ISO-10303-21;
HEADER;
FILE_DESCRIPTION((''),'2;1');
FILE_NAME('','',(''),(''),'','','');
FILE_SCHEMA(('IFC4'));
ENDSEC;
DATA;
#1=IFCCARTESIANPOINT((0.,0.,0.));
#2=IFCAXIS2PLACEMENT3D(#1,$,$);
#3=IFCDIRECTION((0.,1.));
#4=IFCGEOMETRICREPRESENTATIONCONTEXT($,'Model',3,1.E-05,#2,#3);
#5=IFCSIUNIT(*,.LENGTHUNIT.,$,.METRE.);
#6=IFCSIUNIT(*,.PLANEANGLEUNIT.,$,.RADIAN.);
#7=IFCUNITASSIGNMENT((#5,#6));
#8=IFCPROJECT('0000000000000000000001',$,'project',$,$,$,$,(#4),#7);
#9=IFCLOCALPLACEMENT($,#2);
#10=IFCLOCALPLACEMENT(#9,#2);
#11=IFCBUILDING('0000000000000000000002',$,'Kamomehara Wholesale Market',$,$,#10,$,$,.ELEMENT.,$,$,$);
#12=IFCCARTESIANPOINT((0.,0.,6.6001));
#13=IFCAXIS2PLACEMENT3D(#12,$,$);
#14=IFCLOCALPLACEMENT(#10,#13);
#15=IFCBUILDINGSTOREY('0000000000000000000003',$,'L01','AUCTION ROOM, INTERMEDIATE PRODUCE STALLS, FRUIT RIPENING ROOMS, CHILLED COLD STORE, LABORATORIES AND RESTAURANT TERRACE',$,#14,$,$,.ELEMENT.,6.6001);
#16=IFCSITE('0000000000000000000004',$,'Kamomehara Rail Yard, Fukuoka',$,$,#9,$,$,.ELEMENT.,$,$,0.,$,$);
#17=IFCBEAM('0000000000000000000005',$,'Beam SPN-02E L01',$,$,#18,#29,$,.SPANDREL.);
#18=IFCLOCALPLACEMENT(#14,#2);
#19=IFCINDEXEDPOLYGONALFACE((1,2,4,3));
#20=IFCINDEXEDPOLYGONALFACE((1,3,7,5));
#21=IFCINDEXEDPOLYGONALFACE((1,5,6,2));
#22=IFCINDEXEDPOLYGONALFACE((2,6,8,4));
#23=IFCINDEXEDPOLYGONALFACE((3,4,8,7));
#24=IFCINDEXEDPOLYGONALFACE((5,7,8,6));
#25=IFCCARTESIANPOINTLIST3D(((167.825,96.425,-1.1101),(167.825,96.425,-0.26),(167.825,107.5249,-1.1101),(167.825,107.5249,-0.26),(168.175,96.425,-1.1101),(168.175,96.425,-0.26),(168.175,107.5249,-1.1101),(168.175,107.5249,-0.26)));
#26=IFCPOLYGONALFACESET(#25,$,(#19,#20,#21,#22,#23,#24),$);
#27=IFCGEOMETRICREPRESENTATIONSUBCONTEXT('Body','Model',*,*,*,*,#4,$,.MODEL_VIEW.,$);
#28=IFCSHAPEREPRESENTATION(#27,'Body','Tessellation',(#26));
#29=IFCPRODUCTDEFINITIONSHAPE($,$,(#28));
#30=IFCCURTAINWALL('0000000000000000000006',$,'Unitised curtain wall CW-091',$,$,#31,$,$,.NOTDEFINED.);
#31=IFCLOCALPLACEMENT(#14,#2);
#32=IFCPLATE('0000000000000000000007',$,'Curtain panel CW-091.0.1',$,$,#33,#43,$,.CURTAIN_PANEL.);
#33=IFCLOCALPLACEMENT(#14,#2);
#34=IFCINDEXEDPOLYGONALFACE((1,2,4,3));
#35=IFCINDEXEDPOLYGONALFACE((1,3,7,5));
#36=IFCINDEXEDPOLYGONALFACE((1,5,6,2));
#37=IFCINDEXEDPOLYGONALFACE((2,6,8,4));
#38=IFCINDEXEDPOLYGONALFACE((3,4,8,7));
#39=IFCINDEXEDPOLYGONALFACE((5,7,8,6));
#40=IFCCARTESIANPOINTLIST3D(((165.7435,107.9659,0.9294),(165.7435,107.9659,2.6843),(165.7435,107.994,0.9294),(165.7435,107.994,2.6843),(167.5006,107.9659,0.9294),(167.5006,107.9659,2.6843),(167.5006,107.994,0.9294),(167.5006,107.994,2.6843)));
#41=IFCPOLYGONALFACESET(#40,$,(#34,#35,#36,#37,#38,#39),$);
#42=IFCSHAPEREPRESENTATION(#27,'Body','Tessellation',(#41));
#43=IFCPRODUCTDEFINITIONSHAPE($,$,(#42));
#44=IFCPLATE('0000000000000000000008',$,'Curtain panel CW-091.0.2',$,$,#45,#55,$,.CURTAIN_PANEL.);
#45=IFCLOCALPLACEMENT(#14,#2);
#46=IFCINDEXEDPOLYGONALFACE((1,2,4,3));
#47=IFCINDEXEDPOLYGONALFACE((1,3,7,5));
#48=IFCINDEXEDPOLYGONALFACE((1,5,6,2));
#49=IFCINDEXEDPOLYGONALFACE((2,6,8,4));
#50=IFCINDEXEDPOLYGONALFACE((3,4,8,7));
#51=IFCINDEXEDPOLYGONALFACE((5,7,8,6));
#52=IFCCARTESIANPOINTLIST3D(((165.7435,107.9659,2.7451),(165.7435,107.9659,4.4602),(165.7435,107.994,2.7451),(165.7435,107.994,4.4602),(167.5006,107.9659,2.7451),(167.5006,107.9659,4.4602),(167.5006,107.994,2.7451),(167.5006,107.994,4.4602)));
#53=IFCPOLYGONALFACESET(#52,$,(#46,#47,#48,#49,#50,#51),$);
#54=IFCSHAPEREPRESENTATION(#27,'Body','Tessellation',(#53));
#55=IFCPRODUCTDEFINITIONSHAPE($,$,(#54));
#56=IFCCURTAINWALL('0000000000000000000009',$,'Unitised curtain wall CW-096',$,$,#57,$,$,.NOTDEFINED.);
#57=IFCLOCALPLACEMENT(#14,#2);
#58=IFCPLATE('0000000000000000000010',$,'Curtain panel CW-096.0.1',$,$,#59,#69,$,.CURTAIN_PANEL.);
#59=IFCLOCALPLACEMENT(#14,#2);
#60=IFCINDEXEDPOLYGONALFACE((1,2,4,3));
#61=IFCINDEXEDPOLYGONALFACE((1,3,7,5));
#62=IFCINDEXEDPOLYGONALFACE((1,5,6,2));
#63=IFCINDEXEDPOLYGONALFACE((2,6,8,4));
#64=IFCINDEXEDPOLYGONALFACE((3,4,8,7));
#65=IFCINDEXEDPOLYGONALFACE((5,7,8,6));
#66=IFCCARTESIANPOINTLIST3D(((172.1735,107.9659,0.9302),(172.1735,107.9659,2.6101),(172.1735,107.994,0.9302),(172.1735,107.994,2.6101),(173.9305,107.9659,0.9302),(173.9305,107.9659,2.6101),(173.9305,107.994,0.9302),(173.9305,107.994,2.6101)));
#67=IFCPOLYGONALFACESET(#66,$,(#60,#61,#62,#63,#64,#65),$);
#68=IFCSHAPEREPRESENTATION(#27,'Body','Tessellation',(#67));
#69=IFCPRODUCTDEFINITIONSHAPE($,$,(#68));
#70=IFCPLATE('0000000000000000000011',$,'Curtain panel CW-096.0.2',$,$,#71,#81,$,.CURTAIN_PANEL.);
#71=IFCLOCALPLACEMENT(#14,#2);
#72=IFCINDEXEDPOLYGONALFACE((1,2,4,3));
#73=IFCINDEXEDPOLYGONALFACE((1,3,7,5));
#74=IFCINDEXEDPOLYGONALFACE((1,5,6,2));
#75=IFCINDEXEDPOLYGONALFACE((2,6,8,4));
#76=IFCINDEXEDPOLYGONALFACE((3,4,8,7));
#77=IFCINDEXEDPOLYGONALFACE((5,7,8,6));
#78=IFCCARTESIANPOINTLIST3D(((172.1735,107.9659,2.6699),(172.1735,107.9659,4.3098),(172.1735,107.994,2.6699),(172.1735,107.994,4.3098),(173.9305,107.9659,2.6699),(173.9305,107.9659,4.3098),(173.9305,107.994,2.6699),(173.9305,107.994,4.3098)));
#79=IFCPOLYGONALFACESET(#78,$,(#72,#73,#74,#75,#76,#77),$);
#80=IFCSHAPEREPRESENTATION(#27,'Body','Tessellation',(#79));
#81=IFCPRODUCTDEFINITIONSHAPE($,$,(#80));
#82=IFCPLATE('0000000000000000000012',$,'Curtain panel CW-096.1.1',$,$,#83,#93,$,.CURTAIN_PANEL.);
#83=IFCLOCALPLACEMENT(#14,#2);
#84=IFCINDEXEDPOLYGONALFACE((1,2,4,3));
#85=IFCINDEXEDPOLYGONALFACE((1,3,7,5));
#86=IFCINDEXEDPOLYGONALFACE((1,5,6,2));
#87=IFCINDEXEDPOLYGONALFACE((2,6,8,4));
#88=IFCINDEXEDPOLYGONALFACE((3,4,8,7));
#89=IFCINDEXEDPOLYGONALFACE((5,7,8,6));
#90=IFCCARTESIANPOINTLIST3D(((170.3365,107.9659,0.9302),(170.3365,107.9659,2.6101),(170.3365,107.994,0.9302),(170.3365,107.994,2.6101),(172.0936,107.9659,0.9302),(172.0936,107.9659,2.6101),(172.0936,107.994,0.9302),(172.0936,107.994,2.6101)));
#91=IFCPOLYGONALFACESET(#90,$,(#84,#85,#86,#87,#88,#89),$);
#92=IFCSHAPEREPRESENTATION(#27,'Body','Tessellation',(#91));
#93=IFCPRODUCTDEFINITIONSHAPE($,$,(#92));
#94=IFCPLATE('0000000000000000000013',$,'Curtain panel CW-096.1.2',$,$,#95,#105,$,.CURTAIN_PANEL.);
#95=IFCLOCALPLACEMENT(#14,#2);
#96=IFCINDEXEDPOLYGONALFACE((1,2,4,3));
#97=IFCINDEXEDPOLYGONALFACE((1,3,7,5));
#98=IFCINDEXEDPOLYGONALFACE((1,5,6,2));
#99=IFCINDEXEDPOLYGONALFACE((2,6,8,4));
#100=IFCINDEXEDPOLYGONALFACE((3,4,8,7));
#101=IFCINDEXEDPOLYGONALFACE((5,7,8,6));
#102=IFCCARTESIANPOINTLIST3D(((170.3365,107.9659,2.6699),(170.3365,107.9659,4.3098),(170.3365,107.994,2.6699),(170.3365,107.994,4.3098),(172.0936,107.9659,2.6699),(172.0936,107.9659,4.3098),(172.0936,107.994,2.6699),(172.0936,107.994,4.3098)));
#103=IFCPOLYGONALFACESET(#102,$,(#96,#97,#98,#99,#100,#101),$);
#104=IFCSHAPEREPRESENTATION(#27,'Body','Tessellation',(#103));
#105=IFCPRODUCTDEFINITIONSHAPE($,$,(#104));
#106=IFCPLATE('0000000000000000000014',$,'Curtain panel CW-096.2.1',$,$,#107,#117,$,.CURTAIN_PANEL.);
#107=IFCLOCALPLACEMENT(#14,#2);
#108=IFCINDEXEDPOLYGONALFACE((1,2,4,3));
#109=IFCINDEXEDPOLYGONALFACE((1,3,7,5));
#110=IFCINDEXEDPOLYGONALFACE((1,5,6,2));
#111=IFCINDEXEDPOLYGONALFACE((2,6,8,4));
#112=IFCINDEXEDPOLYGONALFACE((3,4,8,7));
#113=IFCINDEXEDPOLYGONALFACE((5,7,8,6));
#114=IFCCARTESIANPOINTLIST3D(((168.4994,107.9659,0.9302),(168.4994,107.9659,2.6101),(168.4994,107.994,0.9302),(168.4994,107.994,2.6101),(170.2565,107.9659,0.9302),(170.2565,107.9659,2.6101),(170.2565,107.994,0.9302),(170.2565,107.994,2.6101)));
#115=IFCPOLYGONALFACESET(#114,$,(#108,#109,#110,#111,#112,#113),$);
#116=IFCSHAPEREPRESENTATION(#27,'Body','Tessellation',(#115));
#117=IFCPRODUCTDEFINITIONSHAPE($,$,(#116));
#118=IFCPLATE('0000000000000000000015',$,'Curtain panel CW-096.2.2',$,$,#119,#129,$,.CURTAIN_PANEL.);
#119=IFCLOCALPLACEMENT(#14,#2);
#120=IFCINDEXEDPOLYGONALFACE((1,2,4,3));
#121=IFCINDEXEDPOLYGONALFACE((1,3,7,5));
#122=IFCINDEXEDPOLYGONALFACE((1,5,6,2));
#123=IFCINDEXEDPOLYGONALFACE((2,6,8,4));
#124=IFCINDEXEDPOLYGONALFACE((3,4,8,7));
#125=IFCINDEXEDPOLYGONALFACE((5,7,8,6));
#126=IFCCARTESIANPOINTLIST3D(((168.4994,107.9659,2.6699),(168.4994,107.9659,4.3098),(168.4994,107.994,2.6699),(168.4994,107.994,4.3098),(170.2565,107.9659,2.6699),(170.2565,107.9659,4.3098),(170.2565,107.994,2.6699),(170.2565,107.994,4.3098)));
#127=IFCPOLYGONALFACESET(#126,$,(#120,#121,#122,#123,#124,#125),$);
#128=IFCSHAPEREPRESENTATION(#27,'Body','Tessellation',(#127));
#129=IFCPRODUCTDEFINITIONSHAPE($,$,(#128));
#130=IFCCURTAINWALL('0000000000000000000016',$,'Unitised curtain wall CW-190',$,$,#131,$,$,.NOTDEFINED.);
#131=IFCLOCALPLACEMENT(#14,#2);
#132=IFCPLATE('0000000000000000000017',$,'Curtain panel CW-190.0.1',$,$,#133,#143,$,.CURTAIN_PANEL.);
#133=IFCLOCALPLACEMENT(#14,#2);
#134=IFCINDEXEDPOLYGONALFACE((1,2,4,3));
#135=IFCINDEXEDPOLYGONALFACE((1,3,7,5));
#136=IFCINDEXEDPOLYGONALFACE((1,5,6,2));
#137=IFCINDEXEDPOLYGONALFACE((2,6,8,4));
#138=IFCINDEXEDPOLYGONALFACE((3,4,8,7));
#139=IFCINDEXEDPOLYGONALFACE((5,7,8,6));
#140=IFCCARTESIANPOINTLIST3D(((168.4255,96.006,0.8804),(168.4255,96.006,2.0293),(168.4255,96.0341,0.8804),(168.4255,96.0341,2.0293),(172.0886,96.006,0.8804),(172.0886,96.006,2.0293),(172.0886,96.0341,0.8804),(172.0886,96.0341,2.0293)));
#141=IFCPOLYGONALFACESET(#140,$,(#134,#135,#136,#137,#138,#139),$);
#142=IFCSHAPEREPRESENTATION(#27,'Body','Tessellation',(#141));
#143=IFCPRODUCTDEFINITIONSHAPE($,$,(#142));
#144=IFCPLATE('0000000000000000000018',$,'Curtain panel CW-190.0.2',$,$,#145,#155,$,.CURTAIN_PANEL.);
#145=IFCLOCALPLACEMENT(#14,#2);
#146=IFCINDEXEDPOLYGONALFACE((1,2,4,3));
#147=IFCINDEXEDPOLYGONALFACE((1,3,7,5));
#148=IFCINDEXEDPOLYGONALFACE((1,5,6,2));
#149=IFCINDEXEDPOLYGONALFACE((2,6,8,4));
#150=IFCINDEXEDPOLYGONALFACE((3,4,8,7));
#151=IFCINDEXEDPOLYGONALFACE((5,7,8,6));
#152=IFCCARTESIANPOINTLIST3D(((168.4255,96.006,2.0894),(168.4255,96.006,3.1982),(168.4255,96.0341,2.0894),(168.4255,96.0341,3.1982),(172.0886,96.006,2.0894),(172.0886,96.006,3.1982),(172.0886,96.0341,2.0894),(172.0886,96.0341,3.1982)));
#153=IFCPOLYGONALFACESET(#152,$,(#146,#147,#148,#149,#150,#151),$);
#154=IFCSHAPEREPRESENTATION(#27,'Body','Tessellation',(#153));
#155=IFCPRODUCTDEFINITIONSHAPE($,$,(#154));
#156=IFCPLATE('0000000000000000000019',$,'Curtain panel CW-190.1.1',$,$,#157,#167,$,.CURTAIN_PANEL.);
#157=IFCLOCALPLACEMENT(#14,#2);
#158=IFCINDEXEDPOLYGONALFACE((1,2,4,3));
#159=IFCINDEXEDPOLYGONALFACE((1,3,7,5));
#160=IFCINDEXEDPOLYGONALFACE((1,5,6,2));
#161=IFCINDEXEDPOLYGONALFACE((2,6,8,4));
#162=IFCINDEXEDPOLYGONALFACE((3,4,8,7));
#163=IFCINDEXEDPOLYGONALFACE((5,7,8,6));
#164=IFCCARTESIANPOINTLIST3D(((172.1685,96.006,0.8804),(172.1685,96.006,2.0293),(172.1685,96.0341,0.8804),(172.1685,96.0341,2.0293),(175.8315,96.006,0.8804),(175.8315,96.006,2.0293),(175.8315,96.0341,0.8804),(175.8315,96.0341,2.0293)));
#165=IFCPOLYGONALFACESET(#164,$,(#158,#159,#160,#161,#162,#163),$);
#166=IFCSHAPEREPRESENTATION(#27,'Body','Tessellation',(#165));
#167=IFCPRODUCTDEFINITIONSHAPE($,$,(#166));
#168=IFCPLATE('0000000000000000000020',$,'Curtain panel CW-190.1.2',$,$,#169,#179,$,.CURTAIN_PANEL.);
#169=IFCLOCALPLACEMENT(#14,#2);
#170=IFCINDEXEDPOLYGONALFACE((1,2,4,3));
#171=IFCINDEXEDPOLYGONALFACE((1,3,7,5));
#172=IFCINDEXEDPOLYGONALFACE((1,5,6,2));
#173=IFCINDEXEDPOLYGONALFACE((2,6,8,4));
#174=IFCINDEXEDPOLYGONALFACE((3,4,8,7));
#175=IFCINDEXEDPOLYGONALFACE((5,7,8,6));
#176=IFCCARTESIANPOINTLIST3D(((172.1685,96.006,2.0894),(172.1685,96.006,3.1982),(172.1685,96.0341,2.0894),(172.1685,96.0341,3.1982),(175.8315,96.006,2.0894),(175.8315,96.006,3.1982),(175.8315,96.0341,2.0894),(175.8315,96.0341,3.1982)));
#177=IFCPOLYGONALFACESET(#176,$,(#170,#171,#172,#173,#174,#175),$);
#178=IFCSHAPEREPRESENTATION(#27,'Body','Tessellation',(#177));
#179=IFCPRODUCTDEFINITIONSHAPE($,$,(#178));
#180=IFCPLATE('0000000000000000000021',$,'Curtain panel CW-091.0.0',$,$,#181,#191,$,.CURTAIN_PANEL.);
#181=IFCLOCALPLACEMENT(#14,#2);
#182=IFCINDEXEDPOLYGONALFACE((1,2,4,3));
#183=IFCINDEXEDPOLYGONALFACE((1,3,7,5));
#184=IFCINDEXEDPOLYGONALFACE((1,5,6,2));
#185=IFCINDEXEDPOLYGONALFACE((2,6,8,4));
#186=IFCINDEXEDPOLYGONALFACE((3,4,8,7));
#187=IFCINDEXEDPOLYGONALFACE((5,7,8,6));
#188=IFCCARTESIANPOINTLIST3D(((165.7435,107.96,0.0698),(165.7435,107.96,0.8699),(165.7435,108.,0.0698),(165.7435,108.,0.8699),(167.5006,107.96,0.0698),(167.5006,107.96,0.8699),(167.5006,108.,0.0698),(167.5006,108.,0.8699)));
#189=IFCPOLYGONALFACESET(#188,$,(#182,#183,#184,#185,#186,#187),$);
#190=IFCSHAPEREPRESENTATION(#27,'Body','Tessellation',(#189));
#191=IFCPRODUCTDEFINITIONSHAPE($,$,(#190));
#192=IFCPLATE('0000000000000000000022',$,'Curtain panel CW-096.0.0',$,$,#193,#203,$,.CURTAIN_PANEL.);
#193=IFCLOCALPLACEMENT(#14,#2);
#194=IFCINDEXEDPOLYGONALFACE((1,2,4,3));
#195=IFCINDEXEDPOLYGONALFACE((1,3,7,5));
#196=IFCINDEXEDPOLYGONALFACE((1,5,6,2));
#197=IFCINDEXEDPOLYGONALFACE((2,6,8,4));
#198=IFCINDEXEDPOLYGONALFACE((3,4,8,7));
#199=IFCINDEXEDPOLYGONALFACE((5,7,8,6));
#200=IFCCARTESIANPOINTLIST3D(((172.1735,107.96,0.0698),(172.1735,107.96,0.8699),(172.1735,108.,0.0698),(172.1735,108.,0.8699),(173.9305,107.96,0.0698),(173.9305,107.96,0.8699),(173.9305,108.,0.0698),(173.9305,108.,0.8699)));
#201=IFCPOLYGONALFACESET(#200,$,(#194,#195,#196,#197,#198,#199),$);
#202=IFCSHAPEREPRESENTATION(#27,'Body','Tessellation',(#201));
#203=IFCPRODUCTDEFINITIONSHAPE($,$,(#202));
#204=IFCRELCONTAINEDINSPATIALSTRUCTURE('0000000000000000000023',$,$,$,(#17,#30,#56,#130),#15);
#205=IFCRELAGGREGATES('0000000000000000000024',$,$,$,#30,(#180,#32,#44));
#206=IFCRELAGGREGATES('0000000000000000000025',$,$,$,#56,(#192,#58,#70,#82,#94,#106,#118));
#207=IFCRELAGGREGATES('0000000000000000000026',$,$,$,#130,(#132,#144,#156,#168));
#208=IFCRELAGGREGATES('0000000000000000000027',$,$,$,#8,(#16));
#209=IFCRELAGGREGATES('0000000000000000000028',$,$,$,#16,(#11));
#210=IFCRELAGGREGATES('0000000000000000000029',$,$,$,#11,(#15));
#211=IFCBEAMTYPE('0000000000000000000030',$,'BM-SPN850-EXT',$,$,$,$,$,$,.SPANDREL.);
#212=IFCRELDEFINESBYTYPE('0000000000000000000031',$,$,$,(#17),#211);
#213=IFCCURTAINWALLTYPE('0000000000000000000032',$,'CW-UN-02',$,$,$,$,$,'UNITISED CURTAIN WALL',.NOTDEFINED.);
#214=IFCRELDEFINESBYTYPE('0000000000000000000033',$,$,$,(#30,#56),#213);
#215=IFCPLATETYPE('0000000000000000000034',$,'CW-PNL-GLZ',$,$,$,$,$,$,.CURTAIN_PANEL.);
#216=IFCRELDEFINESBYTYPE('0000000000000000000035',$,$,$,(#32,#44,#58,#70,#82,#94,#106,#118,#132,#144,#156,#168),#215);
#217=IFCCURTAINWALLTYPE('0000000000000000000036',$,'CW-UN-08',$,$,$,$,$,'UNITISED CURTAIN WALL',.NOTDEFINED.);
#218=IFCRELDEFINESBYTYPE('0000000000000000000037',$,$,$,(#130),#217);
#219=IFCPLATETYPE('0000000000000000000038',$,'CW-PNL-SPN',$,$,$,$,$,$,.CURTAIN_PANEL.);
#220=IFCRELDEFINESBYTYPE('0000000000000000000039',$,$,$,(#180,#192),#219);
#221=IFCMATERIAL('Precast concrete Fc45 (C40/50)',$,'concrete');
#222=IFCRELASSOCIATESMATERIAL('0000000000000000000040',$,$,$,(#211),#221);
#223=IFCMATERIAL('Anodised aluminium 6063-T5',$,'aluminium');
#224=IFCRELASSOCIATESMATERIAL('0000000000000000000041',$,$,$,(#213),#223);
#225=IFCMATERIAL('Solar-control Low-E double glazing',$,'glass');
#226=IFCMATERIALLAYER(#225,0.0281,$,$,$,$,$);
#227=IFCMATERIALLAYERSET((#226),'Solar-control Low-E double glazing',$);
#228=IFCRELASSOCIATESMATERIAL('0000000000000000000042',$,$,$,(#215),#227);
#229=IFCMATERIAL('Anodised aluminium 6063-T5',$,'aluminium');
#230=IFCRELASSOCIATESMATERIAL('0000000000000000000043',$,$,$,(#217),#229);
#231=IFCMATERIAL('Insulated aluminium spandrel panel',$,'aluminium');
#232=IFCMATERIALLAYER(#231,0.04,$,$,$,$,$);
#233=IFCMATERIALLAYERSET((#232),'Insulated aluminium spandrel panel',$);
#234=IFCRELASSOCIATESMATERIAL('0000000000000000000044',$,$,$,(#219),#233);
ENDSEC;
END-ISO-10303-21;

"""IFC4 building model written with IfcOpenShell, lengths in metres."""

from ifc_helpers import new_model, si_unit, direction, frame, origin, origin_2d, place, context, subcontext, project, spatial, rectangle, extrude, material, layer, layer_set, material_profile, profile_set, type_object, element, aggregate, save


model = new_model("IFC4")

# Units and contexts
model_context = context("Model", 3, precision=1e-05, world=origin(), true_north=direction((0.0, 1.0)))
body_context = subcontext(model_context, "Body", "Model", "MODEL_VIEW")
ifc_project = project(units=[si_unit("LENGTHUNIT", "METRE"), si_unit("PLANEANGLEUNIT", "RADIAN")], contexts=[model_context])

# Site, building, storey
site_placement = place(None, origin())
site = spatial("IfcSite", under=ifc_project, at=site_placement, Name="Kamomehara Rail Yard, Fukuoka", CompositionType="ELEMENT", RefElevation=0.0)
building_placement = place(site_placement, origin())
building = spatial("IfcBuilding", under=site, at=building_placement, Name="Kamomehara Wholesale Market", CompositionType="ELEMENT")
storey_placement = place(building_placement, frame((0.0, 0.0, 6.6001)))
storey = spatial("IfcBuildingStorey", under=building, at=storey_placement, Name="L01", Description="AUCTION ROOM, INTERMEDIATE PRODUCE STALLS, FRUIT RIPENING ROOMS, CHILLED COLD STORE, LABORATORIES AND RESTAURANT TERRACE", CompositionType="ELEMENT", Elevation=6.6001)

# Beam
ifc_material_1 = material(Name="Precast concrete Fc45 (C40/50)", Category="concrete")
ifc_material_profile = material_profile(ifc_material_1, rectangle(XDim=0.3501, YDim=0.8501, at=origin_2d()), Name="PC-SPN-350x850")
ifc_profile_set = profile_set([ifc_material_profile], Name="Precast concrete Fc45 (C40/50)")
beam_type = type_object("IfcBeamType", Name="BM-SPN850-EXT", PredefinedType="SPANDREL", material=ifc_profile_set)
beam_placement = place(storey_placement, frame((168.0, 96.425, -0.6851), z_axis=(0.0, 1.0, 0.0), x_axis=(-1.0, 0.0, 0.0)))
element("IfcBeam", 1, at=beam_placement, inside=storey, type_object=beam_type, Name="Beam SPN-02E L01", PredefinedType="SPANDREL", context=body_context, shape_type="SweptSolid", body=[
    extrude(rectangle(XDim=0.3501, YDim=0.8501, at=origin_2d()), origin(), (0.0, 0.0, 1.0), 11.0999),
])

# Curtain walls, plates
ifc_material_2 = material(Name="Anodised aluminium 6063-T5", Category="aluminium")
curtain_wall_type_1 = type_object("IfcCurtainWallType", Name="CW-UN-02", ElementType="UNITISED CURTAIN WALL", PredefinedType="NOTDEFINED", material=ifc_material_2)
curtain_wall_1_placement = place(storey_placement, origin())
curtain_wall_1 = element("IfcCurtainWall", 2, at=curtain_wall_1_placement, inside=storey, type_object=curtain_wall_type_1, Name="Unitised curtain wall CW-091", PredefinedType="NOTDEFINED")
ifc_material_3 = material(Name="Solar-control Low-E double glazing", Category="glass")
ifc_layer_1 = layer(ifc_material_3, 0.0281)
ifc_layer_set_1 = layer_set([ifc_layer_1], Name="Solar-control Low-E double glazing")
plate_type_1 = type_object("IfcPlateType", Name="CW-PNL-GLZ", PredefinedType="CURTAIN_PANEL", material=ifc_layer_set_1)
plate_1_placement = place(storey_placement, frame((166.6221, 107.98, 0.9294), z_axis=(0.0, 0.0, 1.0), x_axis=(-1.0, 0.0, 0.0)))
plate_1 = element("IfcPlate", 3, at=plate_1_placement, type_object=plate_type_1, Name="Curtain panel CW-091.0.1", PredefinedType="CURTAIN_PANEL", context=body_context, shape_type="SweptSolid", body=[
    extrude(rectangle(XDim=1.7571, YDim=0.0281, at=origin_2d()), origin(), (0.0, 0.0, 1.0), 1.7549),
])
plate_2_placement = place(storey_placement, frame((166.6221, 107.98, 2.7451), z_axis=(0.0, 0.0, 1.0), x_axis=(-1.0, 0.0, 0.0)))
plate_2 = element("IfcPlate", 4, at=plate_2_placement, type_object=plate_type_1, Name="Curtain panel CW-091.0.2", PredefinedType="CURTAIN_PANEL", context=body_context, shape_type="SweptSolid", body=[
    extrude(rectangle(XDim=1.7571, YDim=0.0281, at=origin_2d()), origin(), (0.0, 0.0, 1.0), 1.7151),
])
curtain_wall_2_placement = place(storey_placement, origin())
curtain_wall_2 = element("IfcCurtainWall", 5, at=curtain_wall_2_placement, inside=storey, type_object=curtain_wall_type_1, Name="Unitised curtain wall CW-096", PredefinedType="NOTDEFINED")
plate_3_placement = place(storey_placement, frame((173.052, 107.98, 0.9302), z_axis=(0.0, 0.0, 1.0), x_axis=(-1.0, 0.0, 0.0)))
plate_3 = element("IfcPlate", 6, at=plate_3_placement, type_object=plate_type_1, Name="Curtain panel CW-096.0.1", PredefinedType="CURTAIN_PANEL", context=body_context, shape_type="SweptSolid", body=[
    extrude(rectangle(XDim=1.7571, YDim=0.0281, at=origin_2d()), origin(), (0.0, 0.0, 1.0), 1.6799),
])
plate_4_placement = place(storey_placement, frame((173.052, 107.98, 2.6699), z_axis=(0.0, 0.0, 1.0), x_axis=(-1.0, 0.0, 0.0)))
plate_4 = element("IfcPlate", 7, at=plate_4_placement, type_object=plate_type_1, Name="Curtain panel CW-096.0.2", PredefinedType="CURTAIN_PANEL", context=body_context, shape_type="SweptSolid", body=[
    extrude(rectangle(XDim=1.7571, YDim=0.0281, at=origin_2d()), origin(), (0.0, 0.0, 1.0), 1.6399),
])
plate_5_placement = place(storey_placement, frame((171.2151, 107.98, 0.9302), z_axis=(0.0, 0.0, 1.0), x_axis=(-1.0, 0.0, 0.0)))
plate_5 = element("IfcPlate", 8, at=plate_5_placement, type_object=plate_type_1, Name="Curtain panel CW-096.1.1", PredefinedType="CURTAIN_PANEL", context=body_context, shape_type="SweptSolid", body=[
    extrude(rectangle(XDim=1.7571, YDim=0.0281, at=origin_2d()), origin(), (0.0, 0.0, 1.0), 1.6799),
])
plate_6_placement = place(storey_placement, frame((171.2151, 107.98, 2.6699), z_axis=(0.0, 0.0, 1.0), x_axis=(-1.0, 0.0, 0.0)))
plate_6 = element("IfcPlate", 9, at=plate_6_placement, type_object=plate_type_1, Name="Curtain panel CW-096.1.2", PredefinedType="CURTAIN_PANEL", context=body_context, shape_type="SweptSolid", body=[
    extrude(rectangle(XDim=1.7571, YDim=0.0281, at=origin_2d()), origin(), (0.0, 0.0, 1.0), 1.6399),
])
plate_7_placement = place(storey_placement, frame((169.3779, 107.98, 0.9302), z_axis=(0.0, 0.0, 1.0), x_axis=(-1.0, 0.0, 0.0)))
plate_7 = element("IfcPlate", 10, at=plate_7_placement, type_object=plate_type_1, Name="Curtain panel CW-096.2.1", PredefinedType="CURTAIN_PANEL", context=body_context, shape_type="SweptSolid", body=[
    extrude(rectangle(XDim=1.7571, YDim=0.0281, at=origin_2d()), origin(), (0.0, 0.0, 1.0), 1.6799),
])
plate_8_placement = place(storey_placement, frame((169.3779, 107.98, 2.6699), z_axis=(0.0, 0.0, 1.0), x_axis=(-1.0, 0.0, 0.0)))
plate_8 = element("IfcPlate", 11, at=plate_8_placement, type_object=plate_type_1, Name="Curtain panel CW-096.2.2", PredefinedType="CURTAIN_PANEL", context=body_context, shape_type="SweptSolid", body=[
    extrude(rectangle(XDim=1.7571, YDim=0.0281, at=origin_2d()), origin(), (0.0, 0.0, 1.0), 1.6399),
])
ifc_material_4 = material(Name="Anodised aluminium 6063-T5", Category="aluminium")
curtain_wall_type_2 = type_object("IfcCurtainWallType", Name="CW-UN-08", ElementType="UNITISED CURTAIN WALL", PredefinedType="NOTDEFINED", material=ifc_material_4)
curtain_wall_3_placement = place(storey_placement, origin())
curtain_wall_3 = element("IfcCurtainWall", 12, at=curtain_wall_3_placement, inside=storey, type_object=curtain_wall_type_2, Name="Unitised curtain wall CW-190", PredefinedType="NOTDEFINED")
plate_9_placement = place(storey_placement, frame((170.2571, 96.02, 0.8804), z_axis=(0.0, 0.0, 1.0), x_axis=(1.0, 0.0, 0.0)))
plate_9 = element("IfcPlate", 13, at=plate_9_placement, type_object=plate_type_1, Name="Curtain panel CW-190.0.1", PredefinedType="CURTAIN_PANEL", context=body_context, shape_type="SweptSolid", body=[
    extrude(rectangle(XDim=3.6631, YDim=0.0281, at=origin_2d()), origin(), (0.0, 0.0, 1.0), 1.1489),
])
plate_10_placement = place(storey_placement, frame((170.2571, 96.02, 2.0894), z_axis=(0.0, 0.0, 1.0), x_axis=(1.0, 0.0, 0.0)))
plate_10 = element("IfcPlate", 14, at=plate_10_placement, type_object=plate_type_1, Name="Curtain panel CW-190.0.2", PredefinedType="CURTAIN_PANEL", context=body_context, shape_type="SweptSolid", body=[
    extrude(rectangle(XDim=3.6631, YDim=0.0281, at=origin_2d()), origin(), (0.0, 0.0, 1.0), 1.1089),
])
plate_11_placement = place(storey_placement, frame((174.0, 96.02, 0.8804), z_axis=(0.0, 0.0, 1.0), x_axis=(1.0, 0.0, 0.0)))
plate_11 = element("IfcPlate", 15, at=plate_11_placement, type_object=plate_type_1, Name="Curtain panel CW-190.1.1", PredefinedType="CURTAIN_PANEL", context=body_context, shape_type="SweptSolid", body=[
    extrude(rectangle(XDim=3.6631, YDim=0.0281, at=origin_2d()), origin(), (0.0, 0.0, 1.0), 1.1489),
])
plate_12_placement = place(storey_placement, frame((174.0, 96.02, 2.0894), z_axis=(0.0, 0.0, 1.0), x_axis=(1.0, 0.0, 0.0)))
plate_12 = element("IfcPlate", 16, at=plate_12_placement, type_object=plate_type_1, Name="Curtain panel CW-190.1.2", PredefinedType="CURTAIN_PANEL", context=body_context, shape_type="SweptSolid", body=[
    extrude(rectangle(XDim=3.6631, YDim=0.0281, at=origin_2d()), origin(), (0.0, 0.0, 1.0), 1.1089),
])

# Plates
ifc_material_5 = material(Name="Insulated aluminium spandrel panel", Category="aluminium")
ifc_layer_2 = layer(ifc_material_5, 0.04)
ifc_layer_set_2 = layer_set([ifc_layer_2], Name="Insulated aluminium spandrel panel")
plate_type_2 = type_object("IfcPlateType", Name="CW-PNL-SPN", PredefinedType="CURTAIN_PANEL", material=ifc_layer_set_2)
plate_13_placement = place(storey_placement, frame((166.6221, 107.98, 0.0698), z_axis=(0.0, 0.0, 1.0), x_axis=(-1.0, 0.0, 0.0)))
plate_13 = element("IfcPlate", 17, at=plate_13_placement, type_object=plate_type_2, Name="Curtain panel CW-091.0.0", PredefinedType="CURTAIN_PANEL", context=body_context, shape_type="SweptSolid", body=[
    extrude(rectangle(XDim=1.7571, YDim=0.04, at=origin_2d()), origin(), (0.0, 0.0, 1.0), 0.8),
])
aggregate(curtain_wall_1, [plate_13, plate_1, plate_2])
plate_14_placement = place(storey_placement, frame((173.052, 107.98, 0.0698), z_axis=(0.0, 0.0, 1.0), x_axis=(-1.0, 0.0, 0.0)))
plate_14 = element("IfcPlate", 18, at=plate_14_placement, type_object=plate_type_2, Name="Curtain panel CW-096.0.0", PredefinedType="CURTAIN_PANEL", context=body_context, shape_type="SweptSolid", body=[
    extrude(rectangle(XDim=1.7571, YDim=0.04, at=origin_2d()), origin(), (0.0, 0.0, 1.0), 0.8),
])
aggregate(curtain_wall_2, [plate_14, plate_3, plate_4, plate_5, plate_6, plate_7, plate_8])
aggregate(curtain_wall_3, [plate_9, plate_10, plate_11, plate_12])

save(model, "model.ifc")
